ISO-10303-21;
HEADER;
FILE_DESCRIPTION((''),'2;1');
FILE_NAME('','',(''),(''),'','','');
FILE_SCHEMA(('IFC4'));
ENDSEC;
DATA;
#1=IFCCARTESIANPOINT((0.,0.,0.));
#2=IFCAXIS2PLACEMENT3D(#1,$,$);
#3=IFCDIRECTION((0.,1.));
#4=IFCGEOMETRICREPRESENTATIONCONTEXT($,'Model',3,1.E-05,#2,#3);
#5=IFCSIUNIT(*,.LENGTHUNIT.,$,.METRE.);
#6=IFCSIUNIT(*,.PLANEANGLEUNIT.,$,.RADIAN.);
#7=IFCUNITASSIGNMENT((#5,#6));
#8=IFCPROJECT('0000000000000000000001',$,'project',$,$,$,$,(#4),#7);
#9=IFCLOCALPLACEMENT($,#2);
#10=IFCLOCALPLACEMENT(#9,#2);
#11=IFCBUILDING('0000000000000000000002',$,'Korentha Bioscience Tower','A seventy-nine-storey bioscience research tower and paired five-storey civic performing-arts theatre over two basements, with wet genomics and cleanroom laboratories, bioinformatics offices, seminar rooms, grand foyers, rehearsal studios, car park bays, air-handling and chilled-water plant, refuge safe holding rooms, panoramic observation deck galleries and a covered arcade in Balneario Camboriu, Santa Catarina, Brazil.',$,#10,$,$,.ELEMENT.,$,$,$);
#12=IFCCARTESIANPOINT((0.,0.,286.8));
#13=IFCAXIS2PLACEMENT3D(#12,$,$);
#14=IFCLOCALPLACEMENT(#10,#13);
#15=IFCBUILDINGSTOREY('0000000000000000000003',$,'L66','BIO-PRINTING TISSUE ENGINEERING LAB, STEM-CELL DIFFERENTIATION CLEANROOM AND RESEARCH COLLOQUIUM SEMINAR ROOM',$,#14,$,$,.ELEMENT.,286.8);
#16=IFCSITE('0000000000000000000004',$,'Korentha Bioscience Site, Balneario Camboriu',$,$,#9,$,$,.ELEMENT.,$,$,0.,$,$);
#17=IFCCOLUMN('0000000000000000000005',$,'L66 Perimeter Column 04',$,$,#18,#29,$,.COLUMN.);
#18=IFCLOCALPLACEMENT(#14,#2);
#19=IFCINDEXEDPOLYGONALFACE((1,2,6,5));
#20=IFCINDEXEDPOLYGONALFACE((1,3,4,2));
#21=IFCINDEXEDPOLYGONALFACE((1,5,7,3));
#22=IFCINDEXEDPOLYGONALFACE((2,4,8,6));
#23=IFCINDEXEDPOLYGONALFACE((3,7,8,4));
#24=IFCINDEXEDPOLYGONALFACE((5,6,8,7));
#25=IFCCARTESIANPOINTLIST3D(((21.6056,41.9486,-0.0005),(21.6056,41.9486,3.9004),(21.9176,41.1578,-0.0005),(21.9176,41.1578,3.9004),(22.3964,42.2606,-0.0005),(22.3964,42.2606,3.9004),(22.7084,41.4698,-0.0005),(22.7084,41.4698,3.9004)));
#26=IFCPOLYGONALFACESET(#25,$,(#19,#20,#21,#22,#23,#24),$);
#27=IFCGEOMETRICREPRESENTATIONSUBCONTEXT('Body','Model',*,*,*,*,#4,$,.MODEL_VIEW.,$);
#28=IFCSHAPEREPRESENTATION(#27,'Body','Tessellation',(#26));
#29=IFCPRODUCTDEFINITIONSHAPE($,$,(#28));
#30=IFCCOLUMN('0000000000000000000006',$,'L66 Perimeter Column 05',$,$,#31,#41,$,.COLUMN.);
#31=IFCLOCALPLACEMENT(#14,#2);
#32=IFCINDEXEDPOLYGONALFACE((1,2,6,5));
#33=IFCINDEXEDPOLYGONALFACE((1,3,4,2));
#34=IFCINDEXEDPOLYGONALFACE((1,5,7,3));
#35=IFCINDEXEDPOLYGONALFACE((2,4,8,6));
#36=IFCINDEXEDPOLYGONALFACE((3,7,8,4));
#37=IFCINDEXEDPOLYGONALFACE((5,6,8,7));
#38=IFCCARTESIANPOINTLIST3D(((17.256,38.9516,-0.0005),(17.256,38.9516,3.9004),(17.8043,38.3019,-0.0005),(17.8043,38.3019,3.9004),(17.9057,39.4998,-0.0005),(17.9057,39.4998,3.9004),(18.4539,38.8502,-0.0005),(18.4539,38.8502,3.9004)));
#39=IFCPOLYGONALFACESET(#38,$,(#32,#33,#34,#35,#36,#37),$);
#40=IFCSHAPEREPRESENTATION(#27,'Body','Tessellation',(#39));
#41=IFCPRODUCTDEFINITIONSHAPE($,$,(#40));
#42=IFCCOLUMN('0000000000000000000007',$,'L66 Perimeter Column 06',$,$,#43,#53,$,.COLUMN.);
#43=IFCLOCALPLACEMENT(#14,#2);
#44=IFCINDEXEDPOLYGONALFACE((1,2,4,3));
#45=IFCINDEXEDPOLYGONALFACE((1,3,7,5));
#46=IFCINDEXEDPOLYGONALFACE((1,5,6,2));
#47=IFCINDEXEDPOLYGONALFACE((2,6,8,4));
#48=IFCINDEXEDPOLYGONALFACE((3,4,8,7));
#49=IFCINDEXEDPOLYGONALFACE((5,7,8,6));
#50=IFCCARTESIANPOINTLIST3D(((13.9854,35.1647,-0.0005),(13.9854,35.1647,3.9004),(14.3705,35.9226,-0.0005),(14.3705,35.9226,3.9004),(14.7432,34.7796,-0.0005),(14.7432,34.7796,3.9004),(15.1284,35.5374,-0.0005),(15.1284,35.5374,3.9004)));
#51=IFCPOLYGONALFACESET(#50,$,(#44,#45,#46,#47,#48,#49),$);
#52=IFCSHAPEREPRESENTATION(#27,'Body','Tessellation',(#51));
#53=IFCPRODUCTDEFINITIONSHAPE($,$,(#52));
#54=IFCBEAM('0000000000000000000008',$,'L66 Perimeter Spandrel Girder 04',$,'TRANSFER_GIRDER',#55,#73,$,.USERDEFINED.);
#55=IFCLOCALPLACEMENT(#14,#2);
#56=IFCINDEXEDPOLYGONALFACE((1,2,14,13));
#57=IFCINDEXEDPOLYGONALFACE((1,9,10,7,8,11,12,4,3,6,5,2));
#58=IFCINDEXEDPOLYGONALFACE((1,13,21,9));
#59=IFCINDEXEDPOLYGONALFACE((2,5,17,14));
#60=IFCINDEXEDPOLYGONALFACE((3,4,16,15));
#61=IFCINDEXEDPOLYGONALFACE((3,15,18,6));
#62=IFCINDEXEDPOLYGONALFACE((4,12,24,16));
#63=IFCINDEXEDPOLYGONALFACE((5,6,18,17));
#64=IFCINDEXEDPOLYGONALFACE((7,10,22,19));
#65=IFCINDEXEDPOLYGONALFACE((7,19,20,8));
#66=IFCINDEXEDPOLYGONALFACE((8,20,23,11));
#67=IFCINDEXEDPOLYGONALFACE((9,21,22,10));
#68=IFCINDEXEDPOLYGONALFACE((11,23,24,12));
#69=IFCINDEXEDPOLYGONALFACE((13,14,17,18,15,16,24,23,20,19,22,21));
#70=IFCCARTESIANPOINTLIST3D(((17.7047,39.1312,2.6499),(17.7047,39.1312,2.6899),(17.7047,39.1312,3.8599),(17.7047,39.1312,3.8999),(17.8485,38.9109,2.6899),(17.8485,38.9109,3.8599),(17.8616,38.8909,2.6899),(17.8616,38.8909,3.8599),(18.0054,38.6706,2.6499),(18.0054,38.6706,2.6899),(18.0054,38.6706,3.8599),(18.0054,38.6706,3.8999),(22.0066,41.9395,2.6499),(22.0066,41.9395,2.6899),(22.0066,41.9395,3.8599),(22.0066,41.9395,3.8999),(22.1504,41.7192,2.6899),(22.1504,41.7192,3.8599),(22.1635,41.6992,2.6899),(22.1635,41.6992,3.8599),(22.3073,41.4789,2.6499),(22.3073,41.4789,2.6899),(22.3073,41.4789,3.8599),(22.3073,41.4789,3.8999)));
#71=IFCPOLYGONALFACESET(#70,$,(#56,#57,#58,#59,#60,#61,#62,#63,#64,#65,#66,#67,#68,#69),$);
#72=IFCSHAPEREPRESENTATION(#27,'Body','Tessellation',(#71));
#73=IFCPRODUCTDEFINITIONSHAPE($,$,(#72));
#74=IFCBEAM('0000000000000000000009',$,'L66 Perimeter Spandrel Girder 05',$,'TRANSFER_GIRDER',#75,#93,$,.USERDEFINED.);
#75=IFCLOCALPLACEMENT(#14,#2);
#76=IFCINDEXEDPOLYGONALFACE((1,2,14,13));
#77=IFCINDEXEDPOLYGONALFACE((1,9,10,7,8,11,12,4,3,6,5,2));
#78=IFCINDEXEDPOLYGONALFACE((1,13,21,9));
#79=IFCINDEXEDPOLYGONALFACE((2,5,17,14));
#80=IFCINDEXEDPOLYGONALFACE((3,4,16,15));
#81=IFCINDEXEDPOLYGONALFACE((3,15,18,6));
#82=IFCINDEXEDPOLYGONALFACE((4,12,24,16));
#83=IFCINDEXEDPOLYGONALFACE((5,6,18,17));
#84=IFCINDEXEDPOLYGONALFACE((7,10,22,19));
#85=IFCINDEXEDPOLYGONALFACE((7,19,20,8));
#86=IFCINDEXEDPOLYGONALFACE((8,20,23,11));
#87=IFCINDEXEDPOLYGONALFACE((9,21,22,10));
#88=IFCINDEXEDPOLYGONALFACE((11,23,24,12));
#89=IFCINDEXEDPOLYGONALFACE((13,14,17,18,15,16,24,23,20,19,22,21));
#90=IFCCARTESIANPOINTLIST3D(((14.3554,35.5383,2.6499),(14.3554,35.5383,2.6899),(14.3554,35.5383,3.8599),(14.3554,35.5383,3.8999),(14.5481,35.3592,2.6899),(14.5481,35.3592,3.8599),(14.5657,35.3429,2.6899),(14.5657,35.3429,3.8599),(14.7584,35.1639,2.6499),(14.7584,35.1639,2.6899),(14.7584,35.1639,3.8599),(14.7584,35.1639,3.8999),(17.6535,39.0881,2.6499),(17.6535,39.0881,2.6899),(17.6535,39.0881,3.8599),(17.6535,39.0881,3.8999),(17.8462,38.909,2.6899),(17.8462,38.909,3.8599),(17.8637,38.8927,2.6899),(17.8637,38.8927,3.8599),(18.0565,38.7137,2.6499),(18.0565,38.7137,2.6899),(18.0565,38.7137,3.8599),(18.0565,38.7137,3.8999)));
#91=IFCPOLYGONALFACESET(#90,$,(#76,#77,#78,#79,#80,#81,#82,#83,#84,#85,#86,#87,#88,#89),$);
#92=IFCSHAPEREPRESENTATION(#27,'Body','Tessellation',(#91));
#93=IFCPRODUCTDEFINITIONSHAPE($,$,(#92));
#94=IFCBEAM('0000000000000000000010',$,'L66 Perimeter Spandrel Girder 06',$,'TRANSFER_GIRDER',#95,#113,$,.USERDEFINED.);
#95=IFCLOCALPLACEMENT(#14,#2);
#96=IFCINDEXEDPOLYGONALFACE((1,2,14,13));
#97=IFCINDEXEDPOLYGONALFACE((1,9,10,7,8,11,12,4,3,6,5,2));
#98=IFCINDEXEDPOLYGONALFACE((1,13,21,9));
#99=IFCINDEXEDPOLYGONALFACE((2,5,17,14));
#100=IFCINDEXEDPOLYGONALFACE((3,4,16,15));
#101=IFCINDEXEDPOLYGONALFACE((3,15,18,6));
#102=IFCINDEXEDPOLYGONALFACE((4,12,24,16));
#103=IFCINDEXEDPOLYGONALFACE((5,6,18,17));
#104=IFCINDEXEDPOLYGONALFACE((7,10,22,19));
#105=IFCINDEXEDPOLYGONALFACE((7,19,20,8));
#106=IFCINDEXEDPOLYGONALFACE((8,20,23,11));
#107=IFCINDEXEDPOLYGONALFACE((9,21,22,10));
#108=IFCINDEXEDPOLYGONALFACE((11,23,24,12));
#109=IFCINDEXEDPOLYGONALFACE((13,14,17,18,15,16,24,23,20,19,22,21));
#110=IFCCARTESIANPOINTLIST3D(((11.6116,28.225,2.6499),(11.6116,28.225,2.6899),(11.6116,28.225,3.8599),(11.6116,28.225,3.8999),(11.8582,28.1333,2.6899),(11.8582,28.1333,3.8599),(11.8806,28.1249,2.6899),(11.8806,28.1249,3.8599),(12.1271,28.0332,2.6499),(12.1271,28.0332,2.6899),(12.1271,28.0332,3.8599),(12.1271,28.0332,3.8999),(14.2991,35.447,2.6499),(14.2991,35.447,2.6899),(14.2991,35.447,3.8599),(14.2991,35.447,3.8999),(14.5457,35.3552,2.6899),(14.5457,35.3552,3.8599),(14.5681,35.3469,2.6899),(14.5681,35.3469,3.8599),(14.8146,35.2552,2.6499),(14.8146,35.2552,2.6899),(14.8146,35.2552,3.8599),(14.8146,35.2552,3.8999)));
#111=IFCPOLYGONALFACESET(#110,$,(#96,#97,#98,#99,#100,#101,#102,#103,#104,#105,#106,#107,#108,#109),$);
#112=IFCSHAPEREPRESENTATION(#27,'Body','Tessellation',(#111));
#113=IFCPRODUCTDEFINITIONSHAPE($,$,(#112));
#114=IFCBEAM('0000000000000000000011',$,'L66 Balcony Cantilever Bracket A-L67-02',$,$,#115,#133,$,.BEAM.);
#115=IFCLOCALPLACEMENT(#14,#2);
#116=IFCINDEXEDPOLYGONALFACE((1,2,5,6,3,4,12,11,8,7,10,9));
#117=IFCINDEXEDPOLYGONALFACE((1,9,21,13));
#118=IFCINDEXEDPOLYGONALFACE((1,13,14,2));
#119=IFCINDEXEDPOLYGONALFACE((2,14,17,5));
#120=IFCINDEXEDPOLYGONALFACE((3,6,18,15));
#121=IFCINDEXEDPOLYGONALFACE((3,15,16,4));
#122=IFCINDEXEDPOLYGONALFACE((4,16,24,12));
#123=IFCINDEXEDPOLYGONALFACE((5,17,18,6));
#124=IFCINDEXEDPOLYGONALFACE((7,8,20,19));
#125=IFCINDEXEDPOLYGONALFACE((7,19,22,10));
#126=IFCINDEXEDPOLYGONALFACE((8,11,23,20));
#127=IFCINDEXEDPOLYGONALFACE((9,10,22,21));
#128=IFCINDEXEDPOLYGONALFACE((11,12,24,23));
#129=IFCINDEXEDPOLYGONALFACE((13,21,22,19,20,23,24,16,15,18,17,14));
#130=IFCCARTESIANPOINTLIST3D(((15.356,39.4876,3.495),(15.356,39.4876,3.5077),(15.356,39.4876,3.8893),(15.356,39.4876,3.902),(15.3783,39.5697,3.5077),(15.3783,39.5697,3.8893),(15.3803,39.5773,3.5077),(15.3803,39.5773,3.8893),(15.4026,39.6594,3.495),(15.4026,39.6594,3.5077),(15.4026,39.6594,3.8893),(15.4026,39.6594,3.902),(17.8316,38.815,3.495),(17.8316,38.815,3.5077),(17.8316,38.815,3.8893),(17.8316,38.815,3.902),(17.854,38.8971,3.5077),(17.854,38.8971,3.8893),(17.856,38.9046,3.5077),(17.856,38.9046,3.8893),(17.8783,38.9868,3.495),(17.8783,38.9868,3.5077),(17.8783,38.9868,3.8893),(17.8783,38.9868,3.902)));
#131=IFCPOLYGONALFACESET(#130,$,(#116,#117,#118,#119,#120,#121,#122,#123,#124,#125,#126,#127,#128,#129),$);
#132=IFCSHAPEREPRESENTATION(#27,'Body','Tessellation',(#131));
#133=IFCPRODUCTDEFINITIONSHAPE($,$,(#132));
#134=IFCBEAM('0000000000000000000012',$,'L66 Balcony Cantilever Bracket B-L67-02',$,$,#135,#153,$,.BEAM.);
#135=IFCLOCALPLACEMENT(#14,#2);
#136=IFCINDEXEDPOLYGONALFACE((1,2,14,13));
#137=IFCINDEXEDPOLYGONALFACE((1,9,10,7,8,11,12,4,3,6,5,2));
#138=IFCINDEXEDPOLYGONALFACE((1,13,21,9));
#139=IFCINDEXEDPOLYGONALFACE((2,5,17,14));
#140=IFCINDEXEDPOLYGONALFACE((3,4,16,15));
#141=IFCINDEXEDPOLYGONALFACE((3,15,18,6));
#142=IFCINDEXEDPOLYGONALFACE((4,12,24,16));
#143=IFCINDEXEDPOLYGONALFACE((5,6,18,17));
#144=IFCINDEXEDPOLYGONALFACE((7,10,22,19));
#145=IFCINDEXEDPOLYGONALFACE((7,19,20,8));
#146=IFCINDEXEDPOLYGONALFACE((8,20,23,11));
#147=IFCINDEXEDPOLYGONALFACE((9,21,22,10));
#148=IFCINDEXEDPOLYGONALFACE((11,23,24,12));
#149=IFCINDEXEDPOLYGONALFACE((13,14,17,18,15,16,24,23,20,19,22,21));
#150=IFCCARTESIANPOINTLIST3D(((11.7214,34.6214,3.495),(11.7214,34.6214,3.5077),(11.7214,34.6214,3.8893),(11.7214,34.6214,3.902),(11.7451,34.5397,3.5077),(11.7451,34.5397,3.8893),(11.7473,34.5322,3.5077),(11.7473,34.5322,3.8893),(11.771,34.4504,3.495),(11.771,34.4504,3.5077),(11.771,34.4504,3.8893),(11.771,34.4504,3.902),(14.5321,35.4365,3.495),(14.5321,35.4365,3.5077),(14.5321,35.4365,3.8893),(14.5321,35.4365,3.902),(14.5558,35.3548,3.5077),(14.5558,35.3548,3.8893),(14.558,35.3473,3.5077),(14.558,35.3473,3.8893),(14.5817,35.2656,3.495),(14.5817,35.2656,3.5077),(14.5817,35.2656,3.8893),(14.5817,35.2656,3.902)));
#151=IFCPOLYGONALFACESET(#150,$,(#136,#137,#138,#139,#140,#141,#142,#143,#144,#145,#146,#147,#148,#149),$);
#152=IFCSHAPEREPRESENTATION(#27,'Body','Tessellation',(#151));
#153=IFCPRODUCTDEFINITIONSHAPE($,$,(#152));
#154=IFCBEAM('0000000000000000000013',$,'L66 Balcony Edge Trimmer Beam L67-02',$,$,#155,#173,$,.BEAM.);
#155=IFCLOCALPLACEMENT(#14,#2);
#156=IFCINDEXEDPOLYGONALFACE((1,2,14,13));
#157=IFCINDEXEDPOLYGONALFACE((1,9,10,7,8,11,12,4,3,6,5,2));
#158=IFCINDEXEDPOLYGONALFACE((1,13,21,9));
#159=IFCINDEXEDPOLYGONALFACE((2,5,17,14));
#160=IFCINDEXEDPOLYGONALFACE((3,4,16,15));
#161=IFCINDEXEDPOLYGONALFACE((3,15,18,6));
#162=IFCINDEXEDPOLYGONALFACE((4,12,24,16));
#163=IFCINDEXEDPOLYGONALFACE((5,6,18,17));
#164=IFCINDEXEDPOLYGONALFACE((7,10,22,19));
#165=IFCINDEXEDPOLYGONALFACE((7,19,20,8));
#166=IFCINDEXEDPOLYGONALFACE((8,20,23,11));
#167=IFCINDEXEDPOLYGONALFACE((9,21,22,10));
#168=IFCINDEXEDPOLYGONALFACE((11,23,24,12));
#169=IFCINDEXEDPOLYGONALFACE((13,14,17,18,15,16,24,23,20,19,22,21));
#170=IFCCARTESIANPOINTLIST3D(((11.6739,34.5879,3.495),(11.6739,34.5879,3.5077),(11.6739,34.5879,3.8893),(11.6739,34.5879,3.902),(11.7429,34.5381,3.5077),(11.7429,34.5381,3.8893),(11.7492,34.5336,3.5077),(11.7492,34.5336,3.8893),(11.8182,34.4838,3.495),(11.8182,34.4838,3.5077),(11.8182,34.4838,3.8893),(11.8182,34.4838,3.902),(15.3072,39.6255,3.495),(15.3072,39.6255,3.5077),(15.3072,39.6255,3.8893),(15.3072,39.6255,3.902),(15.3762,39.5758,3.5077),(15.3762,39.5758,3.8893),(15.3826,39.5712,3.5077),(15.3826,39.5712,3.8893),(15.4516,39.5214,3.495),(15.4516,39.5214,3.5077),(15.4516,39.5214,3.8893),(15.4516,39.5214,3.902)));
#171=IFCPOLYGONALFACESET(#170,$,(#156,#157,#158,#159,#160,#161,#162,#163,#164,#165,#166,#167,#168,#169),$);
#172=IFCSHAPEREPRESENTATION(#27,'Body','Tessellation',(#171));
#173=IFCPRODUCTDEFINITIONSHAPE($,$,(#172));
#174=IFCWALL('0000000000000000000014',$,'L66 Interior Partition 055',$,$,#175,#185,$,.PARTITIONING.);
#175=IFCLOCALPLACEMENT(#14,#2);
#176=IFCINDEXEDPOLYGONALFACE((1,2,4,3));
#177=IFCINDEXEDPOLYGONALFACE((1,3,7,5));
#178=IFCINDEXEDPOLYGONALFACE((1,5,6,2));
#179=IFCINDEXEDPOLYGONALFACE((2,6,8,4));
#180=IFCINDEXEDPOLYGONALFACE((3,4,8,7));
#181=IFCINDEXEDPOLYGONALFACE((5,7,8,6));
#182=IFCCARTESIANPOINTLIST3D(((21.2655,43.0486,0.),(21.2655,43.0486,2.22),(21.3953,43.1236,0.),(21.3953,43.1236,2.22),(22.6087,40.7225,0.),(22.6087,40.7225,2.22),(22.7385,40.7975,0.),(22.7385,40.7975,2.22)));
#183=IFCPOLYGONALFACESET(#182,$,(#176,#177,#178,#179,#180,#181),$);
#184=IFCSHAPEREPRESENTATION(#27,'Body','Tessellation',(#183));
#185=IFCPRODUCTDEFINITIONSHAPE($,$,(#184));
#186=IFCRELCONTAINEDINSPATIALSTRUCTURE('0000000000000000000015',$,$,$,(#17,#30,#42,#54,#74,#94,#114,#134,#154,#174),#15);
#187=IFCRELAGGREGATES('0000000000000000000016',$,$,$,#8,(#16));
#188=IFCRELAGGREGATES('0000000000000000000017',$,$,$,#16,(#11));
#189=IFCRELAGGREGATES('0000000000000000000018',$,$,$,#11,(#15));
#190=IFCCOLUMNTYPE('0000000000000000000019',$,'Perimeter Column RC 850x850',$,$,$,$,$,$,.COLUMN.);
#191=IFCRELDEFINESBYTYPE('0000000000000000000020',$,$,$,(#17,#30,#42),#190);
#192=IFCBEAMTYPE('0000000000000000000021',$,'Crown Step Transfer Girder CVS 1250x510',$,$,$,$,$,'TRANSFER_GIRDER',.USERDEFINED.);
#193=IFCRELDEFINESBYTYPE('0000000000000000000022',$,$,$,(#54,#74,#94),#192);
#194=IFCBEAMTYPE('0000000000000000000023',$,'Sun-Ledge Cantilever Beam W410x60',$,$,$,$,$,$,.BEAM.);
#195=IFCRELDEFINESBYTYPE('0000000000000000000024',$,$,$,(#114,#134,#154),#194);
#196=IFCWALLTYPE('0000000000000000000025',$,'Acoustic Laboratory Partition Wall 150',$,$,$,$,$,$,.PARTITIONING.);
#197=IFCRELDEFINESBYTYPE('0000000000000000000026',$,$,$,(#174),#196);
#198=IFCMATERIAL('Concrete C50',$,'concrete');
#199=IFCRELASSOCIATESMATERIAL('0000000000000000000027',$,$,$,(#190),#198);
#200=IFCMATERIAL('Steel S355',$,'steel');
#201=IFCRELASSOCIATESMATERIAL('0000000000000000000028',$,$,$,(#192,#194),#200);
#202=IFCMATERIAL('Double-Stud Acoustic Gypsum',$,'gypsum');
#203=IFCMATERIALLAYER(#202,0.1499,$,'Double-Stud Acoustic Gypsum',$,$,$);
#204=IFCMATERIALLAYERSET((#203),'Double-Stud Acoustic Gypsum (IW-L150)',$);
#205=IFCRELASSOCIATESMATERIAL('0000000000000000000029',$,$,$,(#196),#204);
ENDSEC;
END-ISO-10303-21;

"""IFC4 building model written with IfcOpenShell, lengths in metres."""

from ifc_helpers import new_model, si_unit, direction, frame, frame_2d, origin, origin_2d, place, context, subcontext, project, spatial, rectangle, i_section, extrude, material, layer, layer_set, material_profile, profile_set, type_object, element, save


model = new_model("IFC4")

# Units and contexts
model_context = context("Model", 3, precision=1e-05, world=origin(), true_north=direction((0.0, 1.0)))
body_context = subcontext(model_context, "Body", "Model", "MODEL_VIEW")
ifc_project = project(units=[si_unit("LENGTHUNIT", "METRE"), si_unit("PLANEANGLEUNIT", "RADIAN")], contexts=[model_context])

# Site, building, storey
site_placement = place(None, origin())
site = spatial("IfcSite", under=ifc_project, at=site_placement, Name="Korentha Bioscience Site, Balneario Camboriu", CompositionType="ELEMENT", RefElevation=0.0)
building_placement = place(site_placement, origin())
building = spatial("IfcBuilding", under=site, at=building_placement, Name="Korentha Bioscience Tower", Description="A seventy-nine-storey bioscience research tower and paired five-storey civic performing-arts theatre over two basements, with wet genomics and cleanroom laboratories, bioinformatics offices, seminar rooms, grand foyers, rehearsal studios, car park bays, air-handling and chilled-water plant, refuge safe holding rooms, panoramic observation deck galleries and a covered arcade in Balneario Camboriu, Santa Catarina, Brazil.", CompositionType="ELEMENT")
storey_placement = place(building_placement, frame((0.0, 0.0, 286.8)))
storey = spatial("IfcBuildingStorey", under=building, at=storey_placement, Name="L66", Description="BIO-PRINTING TISSUE ENGINEERING LAB, STEM-CELL DIFFERENTIATION CLEANROOM AND RESEARCH COLLOQUIUM SEMINAR ROOM", CompositionType="ELEMENT", Elevation=286.8)

# Columns
ifc_material_1 = material(Name="Concrete C50", Category="concrete")
ifc_material_profile_1 = material_profile(ifc_material_1, rectangle(XDim=0.8501, YDim=0.8501, at=origin_2d()), Name="Concrete C50")
ifc_profile_set_1 = profile_set([ifc_material_profile_1], Name="Concrete C50 (COL-P08)")
column_type = type_object("IfcColumnType", Name="Perimeter Column RC 850x850", PredefinedType="COLUMN", material=ifc_profile_set_1)
for number, where, z_axis, x_axis, name in (
    (1, (22.157, 41.7092, -0.0005), (0.0, 0.0, 1.0), (0.930226, 0.366988, 0.0), "L66 Perimeter Column 04"),
    (2, (17.855, 38.9009, -0.0005), (0.0, 0.0, 1.0), (0.764246, 0.644924, 0.0), "L66 Perimeter Column 05"),
    (3, (14.5569, 35.3511, -0.0005), (0.0, 0.0, 1.0), (0.453057, 0.891481, 0.0), "L66 Perimeter Column 06"),
):
    element("IfcColumn", number, at=place(storey_placement, frame(where, z_axis=z_axis, x_axis=x_axis)), inside=storey, type_object=column_type, Name=name, PredefinedType="COLUMN", context=body_context, shape_type="SweptSolid", body=[
        extrude(rectangle(XDim=0.8501, YDim=0.8501, at=origin_2d()), origin(), (0.0, 0.0, 1.0), 3.9009),
    ])

# Beams
ifc_material_2 = material(Name="Steel S355", Category="steel")
ifc_material_profile_2 = material_profile(ifc_material_2, i_section(OverallWidth=0.55, OverallDepth=1.25, WebThickness=0.0239, FlangeThickness=0.04, at=origin_2d()), Name="Steel S355")
ifc_profile_set_2 = profile_set([ifc_material_profile_2], Name="Steel S355 (TG-03)")
beam_type_1 = type_object("IfcBeamType", Name="Crown Step Transfer Girder CVS 1250x510", ElementType="TRANSFER_GIRDER", PredefinedType="USERDEFINED", material=ifc_profile_set_2)
beam_1_placement = place(storey_placement, frame((22.157, 41.7092, 3.2749), z_axis=(-0.83737, -0.546636, 0.0), x_axis=(0.546636, -0.83737, 0.0)))
element("IfcBeam", 4, at=beam_1_placement, inside=storey, type_object=beam_type_1, Name="L66 Perimeter Spandrel Girder 04", ObjectType="TRANSFER_GIRDER", PredefinedType="USERDEFINED", context=body_context, shape_type="SweptSolid", body=[
    extrude(i_section(OverallWidth=0.55, OverallDepth=1.25, WebThickness=0.0239, FlangeThickness=0.04, at=origin_2d()), origin(), (0.0, 0.0, 1.0), 5.1375),
])
beam_2_placement = place(storey_placement, frame((17.855, 38.9009, 3.2749), z_axis=(-0.680656, -0.732603, 0.0), x_axis=(0.732603, -0.680656, 0.0)))
element("IfcBeam", 5, at=beam_2_placement, inside=storey, type_object=beam_type_1, Name="L66 Perimeter Spandrel Girder 05", ObjectType="TRANSFER_GIRDER", PredefinedType="USERDEFINED", context=body_context, shape_type="SweptSolid", body=[
    extrude(i_section(OverallWidth=0.55, OverallDepth=1.25, WebThickness=0.0239, FlangeThickness=0.04, at=origin_2d()), origin(), (0.0, 0.0, 1.0), 4.8455),
])
beam_3_placement = place(storey_placement, frame((14.5569, 35.3511, 3.2749), z_axis=(-0.348765, -0.93721, 0.0), x_axis=(0.93721, -0.348765, 0.0)))
element("IfcBeam", 6, at=beam_3_placement, inside=storey, type_object=beam_type_1, Name="L66 Perimeter Spandrel Girder 06", ObjectType="TRANSFER_GIRDER", PredefinedType="USERDEFINED", context=body_context, shape_type="SweptSolid", body=[
    extrude(i_section(OverallWidth=0.55, OverallDepth=1.25, WebThickness=0.0239, FlangeThickness=0.04, at=origin_2d()), origin(), (0.0, 0.0, 1.0), 7.7058),
])
ifc_material_profile_3 = material_profile(ifc_material_2, i_section(OverallWidth=0.178, OverallDepth=0.407, WebThickness=0.0078, FlangeThickness=0.0127, at=origin_2d()), Name="Steel S355")
ifc_profile_set_3 = profile_set([ifc_material_profile_3], Name="Steel S355 (CB-410)")
beam_type_2 = type_object("IfcBeamType", Name="Sun-Ledge Cantilever Beam W410x60", PredefinedType="BEAM", material=ifc_profile_set_3)
beam_4_placement = place(storey_placement, frame((17.855, 38.9009, 3.6985), z_axis=(-0.965016, 0.262191, 0.0), x_axis=(-0.262191, -0.965016, 0.0)))
element("IfcBeam", 7, at=beam_4_placement, inside=storey, type_object=beam_type_2, Name="L66 Balcony Cantilever Bracket A-L67-02", PredefinedType="BEAM", context=body_context, shape_type="SweptSolid", body=[
    extrude(i_section(OverallWidth=0.178, OverallDepth=0.407, WebThickness=0.0078, FlangeThickness=0.0127, at=origin_2d()), origin(), (0.0, 0.0, 1.0), 2.5654),
])
beam_5_placement = place(storey_placement, frame((14.5569, 35.3511, 3.6985), z_axis=(-0.960424, -0.278542, 0.0), x_axis=(0.278542, -0.960424, 0.0)))
element("IfcBeam", 8, at=beam_5_placement, inside=storey, type_object=beam_type_2, Name="L66 Balcony Cantilever Bracket B-L67-02", PredefinedType="BEAM", context=body_context, shape_type="SweptSolid", body=[
    extrude(i_section(OverallWidth=0.178, OverallDepth=0.407, WebThickness=0.0078, FlangeThickness=0.0127, at=origin_2d()), origin(), (0.0, 0.0, 1.0), 2.9265),
])
beam_6_placement = place(storey_placement, frame((15.3794, 39.5735, 3.6985), z_axis=(-0.584965, -0.811058, 0.0), x_axis=(0.811058, -0.584965, 0.0)))
element("IfcBeam", 9, at=beam_6_placement, inside=storey, type_object=beam_type_2, Name="L66 Balcony Edge Trimmer Beam L67-02", PredefinedType="BEAM", context=body_context, shape_type="SweptSolid", body=[
    extrude(i_section(OverallWidth=0.178, OverallDepth=0.407, WebThickness=0.0078, FlangeThickness=0.0127, at=origin_2d()), origin(), (0.0, 0.0, 1.0), 6.2112),
])

# Wall
ifc_material_3 = material(Name="Double-Stud Acoustic Gypsum", Category="gypsum")
ifc_layer_1 = layer(ifc_material_3, 0.1499, Name="Double-Stud Acoustic Gypsum")
ifc_layer_set_1 = layer_set([ifc_layer_1], Name="Double-Stud Acoustic Gypsum (IW-L150)")
wall_type_1 = type_object("IfcWallType", Name="Acoustic Laboratory Partition Wall 150", PredefinedType="PARTITIONING", material=ifc_layer_set_1)
wall_1_placement = place(storey_placement, frame((22.6736, 40.76, 0.0), z_axis=(0.0, 0.0, 1.0), x_axis=(-0.500069, 0.865986, 0.0)))
element("IfcWall", 10, at=wall_1_placement, inside=storey, type_object=wall_type_1, Name="L66 Interior Partition 055", PredefinedType="PARTITIONING", context=body_context, shape_type="SweptSolid", body=[
    extrude(rectangle(XDim=2.686, YDim=0.1499, at=frame_2d((1.343, 0.0))), origin(), (0.0, 0.0, 1.0), 2.22),
])

save(model, "model.ifc")
